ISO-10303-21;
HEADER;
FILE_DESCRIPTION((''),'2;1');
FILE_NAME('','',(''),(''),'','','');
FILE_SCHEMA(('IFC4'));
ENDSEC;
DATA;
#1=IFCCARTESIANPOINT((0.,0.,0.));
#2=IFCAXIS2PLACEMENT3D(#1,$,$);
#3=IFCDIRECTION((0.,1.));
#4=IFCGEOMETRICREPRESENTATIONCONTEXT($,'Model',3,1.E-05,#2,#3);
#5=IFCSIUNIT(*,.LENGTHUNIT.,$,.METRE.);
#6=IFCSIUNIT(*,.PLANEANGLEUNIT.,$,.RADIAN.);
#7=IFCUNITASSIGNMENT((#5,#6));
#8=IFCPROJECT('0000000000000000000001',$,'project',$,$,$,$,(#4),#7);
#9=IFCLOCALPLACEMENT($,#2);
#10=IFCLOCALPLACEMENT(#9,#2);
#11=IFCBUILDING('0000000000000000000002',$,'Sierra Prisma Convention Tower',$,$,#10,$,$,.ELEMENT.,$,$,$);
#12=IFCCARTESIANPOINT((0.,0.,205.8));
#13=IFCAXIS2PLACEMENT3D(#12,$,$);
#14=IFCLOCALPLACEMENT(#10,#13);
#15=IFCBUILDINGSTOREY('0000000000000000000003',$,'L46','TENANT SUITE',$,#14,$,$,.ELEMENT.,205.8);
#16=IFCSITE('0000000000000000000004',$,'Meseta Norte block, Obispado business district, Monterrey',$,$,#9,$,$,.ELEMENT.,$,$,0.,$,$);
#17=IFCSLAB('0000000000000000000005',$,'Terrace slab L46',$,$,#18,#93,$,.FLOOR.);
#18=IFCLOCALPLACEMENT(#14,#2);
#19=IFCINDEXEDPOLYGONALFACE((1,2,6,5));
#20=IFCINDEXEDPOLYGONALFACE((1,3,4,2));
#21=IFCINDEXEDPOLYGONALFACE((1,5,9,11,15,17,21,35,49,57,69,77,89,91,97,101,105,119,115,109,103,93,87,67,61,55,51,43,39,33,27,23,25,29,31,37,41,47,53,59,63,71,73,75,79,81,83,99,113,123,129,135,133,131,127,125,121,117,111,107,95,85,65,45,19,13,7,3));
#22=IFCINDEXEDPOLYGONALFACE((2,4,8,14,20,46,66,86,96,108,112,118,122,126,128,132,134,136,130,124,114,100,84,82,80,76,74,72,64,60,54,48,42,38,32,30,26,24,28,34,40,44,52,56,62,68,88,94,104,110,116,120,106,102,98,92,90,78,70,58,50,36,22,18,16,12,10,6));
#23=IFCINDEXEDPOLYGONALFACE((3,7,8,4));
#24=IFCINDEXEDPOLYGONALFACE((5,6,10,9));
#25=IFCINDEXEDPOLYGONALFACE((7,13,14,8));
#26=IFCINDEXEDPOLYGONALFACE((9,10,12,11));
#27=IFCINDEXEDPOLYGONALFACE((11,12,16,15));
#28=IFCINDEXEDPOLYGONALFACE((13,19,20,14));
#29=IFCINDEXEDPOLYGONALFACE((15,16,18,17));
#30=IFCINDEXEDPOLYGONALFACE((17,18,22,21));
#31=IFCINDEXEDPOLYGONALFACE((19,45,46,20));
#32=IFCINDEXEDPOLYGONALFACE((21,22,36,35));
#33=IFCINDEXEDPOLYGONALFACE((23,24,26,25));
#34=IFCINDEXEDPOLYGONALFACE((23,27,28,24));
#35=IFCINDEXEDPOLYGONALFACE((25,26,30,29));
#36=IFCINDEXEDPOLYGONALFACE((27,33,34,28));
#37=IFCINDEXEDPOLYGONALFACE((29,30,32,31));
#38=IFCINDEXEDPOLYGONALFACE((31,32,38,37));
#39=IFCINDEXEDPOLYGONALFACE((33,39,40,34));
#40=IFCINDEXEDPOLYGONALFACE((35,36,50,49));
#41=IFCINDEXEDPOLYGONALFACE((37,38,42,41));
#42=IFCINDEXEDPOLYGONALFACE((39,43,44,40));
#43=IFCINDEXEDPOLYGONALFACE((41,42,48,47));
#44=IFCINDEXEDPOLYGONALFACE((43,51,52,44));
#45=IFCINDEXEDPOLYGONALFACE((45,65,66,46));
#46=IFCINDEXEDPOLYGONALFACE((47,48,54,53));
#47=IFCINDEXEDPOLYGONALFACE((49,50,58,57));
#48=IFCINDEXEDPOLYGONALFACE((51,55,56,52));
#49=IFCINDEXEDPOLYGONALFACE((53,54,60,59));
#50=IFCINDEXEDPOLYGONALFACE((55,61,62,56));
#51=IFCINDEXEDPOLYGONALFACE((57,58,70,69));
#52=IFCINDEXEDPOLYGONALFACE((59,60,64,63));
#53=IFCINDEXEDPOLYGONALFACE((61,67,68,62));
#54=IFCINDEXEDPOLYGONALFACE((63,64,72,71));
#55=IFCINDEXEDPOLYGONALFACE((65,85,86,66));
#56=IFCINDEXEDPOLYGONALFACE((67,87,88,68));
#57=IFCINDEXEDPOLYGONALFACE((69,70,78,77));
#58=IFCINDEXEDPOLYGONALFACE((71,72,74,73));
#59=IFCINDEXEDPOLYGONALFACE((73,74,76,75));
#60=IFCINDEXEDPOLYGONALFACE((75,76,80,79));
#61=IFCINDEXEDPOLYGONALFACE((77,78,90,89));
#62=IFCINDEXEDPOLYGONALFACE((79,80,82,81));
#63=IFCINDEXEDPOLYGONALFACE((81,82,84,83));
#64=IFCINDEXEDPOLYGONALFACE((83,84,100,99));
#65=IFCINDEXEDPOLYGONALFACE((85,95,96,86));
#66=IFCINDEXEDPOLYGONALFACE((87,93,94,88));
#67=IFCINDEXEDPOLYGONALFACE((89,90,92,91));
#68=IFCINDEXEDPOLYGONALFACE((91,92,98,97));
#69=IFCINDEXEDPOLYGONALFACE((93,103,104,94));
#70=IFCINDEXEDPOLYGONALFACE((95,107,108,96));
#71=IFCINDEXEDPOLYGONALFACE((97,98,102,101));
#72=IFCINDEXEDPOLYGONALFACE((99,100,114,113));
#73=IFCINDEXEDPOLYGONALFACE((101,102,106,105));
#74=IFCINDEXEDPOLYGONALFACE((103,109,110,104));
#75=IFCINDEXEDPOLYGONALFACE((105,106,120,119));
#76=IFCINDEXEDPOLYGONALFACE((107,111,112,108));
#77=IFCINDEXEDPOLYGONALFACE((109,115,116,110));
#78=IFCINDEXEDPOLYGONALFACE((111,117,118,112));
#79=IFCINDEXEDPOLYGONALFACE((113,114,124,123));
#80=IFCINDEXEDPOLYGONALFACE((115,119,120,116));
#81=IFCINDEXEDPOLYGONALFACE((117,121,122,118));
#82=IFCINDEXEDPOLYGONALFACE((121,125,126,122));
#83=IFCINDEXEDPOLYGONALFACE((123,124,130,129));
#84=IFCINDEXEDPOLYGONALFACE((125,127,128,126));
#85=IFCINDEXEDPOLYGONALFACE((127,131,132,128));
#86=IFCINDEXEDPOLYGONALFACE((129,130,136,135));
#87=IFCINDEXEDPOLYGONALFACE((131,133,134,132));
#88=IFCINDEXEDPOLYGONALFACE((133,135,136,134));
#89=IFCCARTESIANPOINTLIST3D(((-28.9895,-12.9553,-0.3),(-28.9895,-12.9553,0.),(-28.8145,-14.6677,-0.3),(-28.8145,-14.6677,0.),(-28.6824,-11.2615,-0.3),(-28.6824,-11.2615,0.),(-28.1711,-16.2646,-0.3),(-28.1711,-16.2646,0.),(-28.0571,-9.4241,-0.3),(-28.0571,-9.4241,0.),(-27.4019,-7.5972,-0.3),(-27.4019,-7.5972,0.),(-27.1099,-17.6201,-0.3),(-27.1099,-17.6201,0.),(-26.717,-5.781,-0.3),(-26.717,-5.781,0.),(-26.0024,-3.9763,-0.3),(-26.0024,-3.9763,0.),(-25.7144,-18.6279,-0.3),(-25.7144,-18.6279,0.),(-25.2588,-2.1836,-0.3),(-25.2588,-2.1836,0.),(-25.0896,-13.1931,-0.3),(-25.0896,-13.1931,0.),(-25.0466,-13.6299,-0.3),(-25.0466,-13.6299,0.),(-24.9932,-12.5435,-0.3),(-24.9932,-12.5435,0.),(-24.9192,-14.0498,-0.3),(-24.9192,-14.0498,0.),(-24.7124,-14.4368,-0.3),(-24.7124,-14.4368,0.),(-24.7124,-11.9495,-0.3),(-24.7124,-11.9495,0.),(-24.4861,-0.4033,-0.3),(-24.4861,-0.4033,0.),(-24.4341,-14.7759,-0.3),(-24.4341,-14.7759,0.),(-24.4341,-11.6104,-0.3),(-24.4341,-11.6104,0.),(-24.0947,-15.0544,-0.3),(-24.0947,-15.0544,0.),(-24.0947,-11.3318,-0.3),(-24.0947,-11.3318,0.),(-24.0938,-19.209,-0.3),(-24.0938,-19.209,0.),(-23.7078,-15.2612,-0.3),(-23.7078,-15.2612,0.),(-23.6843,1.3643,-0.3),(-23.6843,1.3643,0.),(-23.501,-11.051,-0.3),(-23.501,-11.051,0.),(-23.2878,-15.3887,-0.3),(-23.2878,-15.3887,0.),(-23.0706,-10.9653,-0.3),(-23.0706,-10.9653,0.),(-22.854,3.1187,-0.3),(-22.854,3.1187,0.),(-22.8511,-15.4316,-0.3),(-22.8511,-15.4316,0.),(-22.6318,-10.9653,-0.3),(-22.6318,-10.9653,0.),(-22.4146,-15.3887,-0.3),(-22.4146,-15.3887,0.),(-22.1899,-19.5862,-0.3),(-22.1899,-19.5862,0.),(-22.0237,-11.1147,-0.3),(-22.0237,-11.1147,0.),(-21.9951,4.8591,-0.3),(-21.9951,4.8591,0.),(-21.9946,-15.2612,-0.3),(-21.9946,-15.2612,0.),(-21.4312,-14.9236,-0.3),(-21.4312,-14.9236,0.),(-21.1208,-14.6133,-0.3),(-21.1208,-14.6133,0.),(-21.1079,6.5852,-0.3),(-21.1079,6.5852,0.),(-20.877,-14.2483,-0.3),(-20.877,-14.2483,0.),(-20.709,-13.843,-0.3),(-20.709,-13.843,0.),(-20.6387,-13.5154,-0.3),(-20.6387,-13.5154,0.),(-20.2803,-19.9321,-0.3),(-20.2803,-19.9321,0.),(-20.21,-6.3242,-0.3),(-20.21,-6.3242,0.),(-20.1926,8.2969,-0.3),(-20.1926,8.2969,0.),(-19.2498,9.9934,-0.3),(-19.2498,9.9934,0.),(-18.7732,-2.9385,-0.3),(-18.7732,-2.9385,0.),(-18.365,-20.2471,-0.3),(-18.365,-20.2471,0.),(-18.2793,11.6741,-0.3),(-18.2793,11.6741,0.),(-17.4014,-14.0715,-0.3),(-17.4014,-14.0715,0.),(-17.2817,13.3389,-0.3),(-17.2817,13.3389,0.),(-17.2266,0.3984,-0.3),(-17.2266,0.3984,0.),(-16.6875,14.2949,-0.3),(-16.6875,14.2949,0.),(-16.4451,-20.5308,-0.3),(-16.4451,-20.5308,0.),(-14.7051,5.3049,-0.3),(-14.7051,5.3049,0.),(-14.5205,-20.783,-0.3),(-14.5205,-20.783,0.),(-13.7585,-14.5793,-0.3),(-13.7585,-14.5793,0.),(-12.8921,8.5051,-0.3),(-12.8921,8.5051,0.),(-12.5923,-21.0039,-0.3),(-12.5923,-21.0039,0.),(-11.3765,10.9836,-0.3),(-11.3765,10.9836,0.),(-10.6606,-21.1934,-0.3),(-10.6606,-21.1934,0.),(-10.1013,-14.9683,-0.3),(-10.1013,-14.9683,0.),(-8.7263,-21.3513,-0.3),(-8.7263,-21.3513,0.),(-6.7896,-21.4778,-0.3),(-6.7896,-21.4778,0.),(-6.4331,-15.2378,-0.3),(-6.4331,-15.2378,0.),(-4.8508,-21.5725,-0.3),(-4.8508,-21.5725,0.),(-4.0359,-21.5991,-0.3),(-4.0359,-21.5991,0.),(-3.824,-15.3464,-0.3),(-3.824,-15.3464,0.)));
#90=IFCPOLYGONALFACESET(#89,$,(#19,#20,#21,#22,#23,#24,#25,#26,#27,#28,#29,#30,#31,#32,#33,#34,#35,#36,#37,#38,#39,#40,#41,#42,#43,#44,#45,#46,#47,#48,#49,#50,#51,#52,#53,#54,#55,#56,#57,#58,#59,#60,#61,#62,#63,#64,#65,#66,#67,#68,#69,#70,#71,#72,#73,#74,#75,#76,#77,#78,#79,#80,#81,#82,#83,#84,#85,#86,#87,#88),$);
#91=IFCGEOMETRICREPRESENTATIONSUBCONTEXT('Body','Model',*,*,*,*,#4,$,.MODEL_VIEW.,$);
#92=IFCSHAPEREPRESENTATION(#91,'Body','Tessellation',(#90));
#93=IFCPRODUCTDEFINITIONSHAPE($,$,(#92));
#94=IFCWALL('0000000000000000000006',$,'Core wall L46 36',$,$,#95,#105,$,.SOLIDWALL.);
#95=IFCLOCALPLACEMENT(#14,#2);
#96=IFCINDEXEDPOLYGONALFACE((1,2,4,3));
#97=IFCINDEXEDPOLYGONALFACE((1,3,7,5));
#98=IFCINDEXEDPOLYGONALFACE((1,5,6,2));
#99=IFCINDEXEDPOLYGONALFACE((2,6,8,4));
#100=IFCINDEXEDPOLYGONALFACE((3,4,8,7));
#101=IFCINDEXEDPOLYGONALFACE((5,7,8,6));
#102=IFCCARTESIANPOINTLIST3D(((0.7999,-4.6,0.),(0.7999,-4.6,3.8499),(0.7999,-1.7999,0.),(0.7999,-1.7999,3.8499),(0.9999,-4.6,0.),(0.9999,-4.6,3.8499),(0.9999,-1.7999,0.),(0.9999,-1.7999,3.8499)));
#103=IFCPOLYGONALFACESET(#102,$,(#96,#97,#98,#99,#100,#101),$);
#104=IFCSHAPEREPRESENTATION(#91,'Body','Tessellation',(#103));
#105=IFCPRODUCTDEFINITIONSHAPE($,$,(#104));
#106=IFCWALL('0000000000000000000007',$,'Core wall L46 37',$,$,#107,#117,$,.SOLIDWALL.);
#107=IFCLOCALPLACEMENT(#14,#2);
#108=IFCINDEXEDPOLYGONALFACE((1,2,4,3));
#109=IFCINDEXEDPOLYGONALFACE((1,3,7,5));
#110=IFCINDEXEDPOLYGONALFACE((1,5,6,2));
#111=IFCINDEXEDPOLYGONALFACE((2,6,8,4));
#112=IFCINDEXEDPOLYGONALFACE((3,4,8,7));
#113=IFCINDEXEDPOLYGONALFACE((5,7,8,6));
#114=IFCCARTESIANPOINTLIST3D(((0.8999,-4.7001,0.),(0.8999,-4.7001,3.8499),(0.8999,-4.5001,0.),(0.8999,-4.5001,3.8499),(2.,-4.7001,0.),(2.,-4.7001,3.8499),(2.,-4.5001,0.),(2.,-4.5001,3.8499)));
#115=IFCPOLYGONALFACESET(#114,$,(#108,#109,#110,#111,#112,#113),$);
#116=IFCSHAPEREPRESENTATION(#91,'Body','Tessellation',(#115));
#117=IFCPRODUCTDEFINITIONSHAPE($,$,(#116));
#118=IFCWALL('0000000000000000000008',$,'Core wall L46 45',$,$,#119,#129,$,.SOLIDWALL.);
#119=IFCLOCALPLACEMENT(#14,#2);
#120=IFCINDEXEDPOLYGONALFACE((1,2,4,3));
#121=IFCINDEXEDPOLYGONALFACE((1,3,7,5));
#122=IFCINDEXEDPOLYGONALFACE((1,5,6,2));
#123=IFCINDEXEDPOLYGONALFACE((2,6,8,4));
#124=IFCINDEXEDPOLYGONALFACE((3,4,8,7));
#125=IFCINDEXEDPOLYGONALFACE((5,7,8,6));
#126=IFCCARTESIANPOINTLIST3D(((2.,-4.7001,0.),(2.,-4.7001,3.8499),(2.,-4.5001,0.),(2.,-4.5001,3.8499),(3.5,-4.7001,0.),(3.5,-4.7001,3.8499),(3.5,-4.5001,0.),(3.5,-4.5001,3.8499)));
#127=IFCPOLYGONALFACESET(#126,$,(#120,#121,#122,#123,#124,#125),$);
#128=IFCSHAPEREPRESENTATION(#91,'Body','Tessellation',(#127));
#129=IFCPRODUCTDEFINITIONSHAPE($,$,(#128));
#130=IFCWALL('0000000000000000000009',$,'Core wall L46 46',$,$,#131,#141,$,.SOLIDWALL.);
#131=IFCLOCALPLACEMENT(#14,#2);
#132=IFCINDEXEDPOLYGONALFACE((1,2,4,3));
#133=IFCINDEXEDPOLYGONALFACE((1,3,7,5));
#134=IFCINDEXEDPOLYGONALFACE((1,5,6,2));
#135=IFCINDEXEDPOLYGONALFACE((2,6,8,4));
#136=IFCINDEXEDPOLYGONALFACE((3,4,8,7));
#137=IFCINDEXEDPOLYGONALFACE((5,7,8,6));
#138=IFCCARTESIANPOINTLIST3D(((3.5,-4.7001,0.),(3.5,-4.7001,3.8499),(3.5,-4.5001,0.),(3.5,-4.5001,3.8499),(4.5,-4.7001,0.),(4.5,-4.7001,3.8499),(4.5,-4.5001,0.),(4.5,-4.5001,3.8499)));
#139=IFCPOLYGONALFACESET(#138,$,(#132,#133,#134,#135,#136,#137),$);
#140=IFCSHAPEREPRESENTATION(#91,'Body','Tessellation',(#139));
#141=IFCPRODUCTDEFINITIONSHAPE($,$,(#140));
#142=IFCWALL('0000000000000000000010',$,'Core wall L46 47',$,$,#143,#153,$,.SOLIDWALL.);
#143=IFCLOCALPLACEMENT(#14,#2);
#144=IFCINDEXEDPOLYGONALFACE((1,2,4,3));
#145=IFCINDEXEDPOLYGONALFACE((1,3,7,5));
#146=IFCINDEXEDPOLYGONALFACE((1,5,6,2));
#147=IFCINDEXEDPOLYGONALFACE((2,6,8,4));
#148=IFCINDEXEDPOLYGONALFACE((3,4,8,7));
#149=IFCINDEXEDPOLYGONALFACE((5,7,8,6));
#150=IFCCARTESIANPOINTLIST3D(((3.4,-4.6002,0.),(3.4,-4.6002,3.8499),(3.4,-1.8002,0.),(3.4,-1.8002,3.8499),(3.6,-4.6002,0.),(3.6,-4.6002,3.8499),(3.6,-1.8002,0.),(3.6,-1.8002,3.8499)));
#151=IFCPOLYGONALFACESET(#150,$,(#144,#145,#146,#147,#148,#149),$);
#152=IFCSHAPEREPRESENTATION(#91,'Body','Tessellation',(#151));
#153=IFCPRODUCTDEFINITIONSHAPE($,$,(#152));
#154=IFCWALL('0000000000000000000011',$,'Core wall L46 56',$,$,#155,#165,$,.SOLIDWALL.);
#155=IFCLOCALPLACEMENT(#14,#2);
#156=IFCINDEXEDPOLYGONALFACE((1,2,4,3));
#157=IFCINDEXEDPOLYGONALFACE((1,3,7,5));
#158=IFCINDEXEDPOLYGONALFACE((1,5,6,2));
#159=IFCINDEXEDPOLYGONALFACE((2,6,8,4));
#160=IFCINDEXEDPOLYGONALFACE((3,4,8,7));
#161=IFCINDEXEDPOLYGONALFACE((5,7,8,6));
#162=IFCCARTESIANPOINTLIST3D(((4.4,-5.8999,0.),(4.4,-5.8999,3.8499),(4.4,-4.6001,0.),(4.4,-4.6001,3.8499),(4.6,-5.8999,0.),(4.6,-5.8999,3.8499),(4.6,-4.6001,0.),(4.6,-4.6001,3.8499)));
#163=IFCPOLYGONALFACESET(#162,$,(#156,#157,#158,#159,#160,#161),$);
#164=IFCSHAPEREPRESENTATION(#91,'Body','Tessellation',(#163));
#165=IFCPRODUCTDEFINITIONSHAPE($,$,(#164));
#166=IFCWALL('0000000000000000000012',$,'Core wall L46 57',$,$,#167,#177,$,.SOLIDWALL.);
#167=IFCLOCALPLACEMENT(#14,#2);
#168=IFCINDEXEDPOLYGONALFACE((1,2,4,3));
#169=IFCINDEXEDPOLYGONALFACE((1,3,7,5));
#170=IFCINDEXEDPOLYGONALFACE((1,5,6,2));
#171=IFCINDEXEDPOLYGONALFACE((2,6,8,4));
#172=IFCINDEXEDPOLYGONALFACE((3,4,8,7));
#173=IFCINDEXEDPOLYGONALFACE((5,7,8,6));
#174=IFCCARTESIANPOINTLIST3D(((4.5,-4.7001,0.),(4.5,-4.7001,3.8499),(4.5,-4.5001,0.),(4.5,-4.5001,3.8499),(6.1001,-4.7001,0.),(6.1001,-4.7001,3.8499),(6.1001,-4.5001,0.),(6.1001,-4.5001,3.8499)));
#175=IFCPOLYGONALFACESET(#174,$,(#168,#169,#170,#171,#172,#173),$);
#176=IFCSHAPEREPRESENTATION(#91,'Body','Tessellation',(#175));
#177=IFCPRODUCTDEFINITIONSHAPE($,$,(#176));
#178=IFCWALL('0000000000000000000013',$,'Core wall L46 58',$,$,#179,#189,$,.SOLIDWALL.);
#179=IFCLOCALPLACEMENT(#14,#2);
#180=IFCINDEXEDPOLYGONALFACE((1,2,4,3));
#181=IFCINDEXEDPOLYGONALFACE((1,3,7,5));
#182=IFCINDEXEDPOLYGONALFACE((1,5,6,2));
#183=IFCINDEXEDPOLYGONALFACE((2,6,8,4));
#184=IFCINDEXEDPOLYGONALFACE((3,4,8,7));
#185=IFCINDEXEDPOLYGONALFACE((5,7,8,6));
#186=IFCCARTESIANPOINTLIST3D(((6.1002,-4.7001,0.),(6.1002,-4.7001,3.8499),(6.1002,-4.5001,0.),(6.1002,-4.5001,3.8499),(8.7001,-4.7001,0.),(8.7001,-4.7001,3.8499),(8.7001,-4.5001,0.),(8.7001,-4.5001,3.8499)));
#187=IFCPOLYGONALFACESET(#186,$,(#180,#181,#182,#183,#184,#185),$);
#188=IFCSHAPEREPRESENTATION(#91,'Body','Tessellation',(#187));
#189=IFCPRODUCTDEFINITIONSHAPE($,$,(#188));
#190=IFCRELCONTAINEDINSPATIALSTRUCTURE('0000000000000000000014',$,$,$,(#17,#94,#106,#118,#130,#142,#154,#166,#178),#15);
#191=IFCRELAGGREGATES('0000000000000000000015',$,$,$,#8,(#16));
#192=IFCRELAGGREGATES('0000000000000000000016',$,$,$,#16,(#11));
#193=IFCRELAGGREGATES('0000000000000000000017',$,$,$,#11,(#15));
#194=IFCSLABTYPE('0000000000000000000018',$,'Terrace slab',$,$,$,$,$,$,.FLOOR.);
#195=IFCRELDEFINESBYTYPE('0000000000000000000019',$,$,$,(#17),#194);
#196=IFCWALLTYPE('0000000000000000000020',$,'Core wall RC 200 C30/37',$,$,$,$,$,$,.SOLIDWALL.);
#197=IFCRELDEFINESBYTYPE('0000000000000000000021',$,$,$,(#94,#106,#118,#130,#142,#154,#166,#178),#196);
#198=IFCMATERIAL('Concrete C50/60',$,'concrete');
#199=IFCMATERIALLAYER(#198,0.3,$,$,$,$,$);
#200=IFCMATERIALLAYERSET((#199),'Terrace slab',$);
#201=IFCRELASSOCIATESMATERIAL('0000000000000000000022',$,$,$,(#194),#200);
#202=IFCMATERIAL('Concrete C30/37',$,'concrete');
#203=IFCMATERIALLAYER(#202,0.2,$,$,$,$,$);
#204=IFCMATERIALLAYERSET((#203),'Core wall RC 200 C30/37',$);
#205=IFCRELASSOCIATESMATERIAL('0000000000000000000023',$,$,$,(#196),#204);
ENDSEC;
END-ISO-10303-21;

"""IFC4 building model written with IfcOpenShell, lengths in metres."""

from ifc_helpers import new_model, si_unit, direction, frame, frame_2d, origin, place, context, subcontext, project, spatial, polyline, rectangle, outline, extrude, material, layer, layer_set, type_object, element, save


model = new_model("IFC4")

# Units and contexts
model_context = context("Model", 3, precision=1e-05, world=origin(), true_north=direction((0.0, 1.0)))
body_context = subcontext(model_context, "Body", "Model", "MODEL_VIEW")
ifc_project = project(units=[si_unit("LENGTHUNIT", "METRE"), si_unit("PLANEANGLEUNIT", "RADIAN")], contexts=[model_context])

# Site, building, storey
site_placement = place(None, origin())
site = spatial("IfcSite", under=ifc_project, at=site_placement, Name="Meseta Norte block, Obispado business district, Monterrey", CompositionType="ELEMENT", RefElevation=0.0)
building_placement = place(site_placement, origin())
building = spatial("IfcBuilding", under=site, at=building_placement, Name="Sierra Prisma Convention Tower", CompositionType="ELEMENT")
storey_placement = place(building_placement, frame((0.0, 0.0, 205.8)))
storey = spatial("IfcBuildingStorey", under=building, at=storey_placement, Name="L46", Description="TENANT SUITE", CompositionType="ELEMENT", Elevation=205.8)

# Slab
ifc_material_1 = material(Name="Concrete C50/60", Category="concrete")
ifc_layer_1 = layer(ifc_material_1, 0.3)
ifc_layer_set_1 = layer_set([ifc_layer_1], Name="Terrace slab")
slab_type_1 = type_object("IfcSlabType", Name="Terrace slab", PredefinedType="FLOOR", material=ifc_layer_set_1)
slab_1_placement = place(storey_placement, frame((0.0, 0.0, -0.3)))
element("IfcSlab", 1, at=slab_1_placement, inside=storey, type_object=slab_type_1, Name="Terrace slab L46", PredefinedType="FLOOR", context=body_context, shape_type="SweptSolid", body=[
    extrude(outline(polyline([(-16.6875, 14.2949), (-17.2817, 13.3389), (-18.2793, 11.6741), (-19.2498, 9.9934), (-20.1926, 8.2969), (-21.1079, 6.5852), (-21.9951, 4.8591), (-22.854, 3.1187), (-23.6843, 1.3643), (-24.4861, -0.4033), (-25.2588, -2.1836), (-26.0024, -3.9763), (-26.717, -5.781), (-27.4019, -7.5972), (-28.0571, -9.4241), (-28.6824, -11.2615), (-28.9895, -12.9553), (-28.8145, -14.6677), (-28.1711, -16.2646), (-27.1099, -17.6201), (-25.7144, -18.6279), (-24.0938, -19.209), (-22.1899, -19.5862), (-20.2803, -19.9321), (-18.365, -20.2471), (-16.4451, -20.5308), (-14.5205, -20.783), (-12.5923, -21.0039), (-10.6606, -21.1934), (-8.7263, -21.3513), (-6.7896, -21.4778), (-4.8508, -21.5725), (-4.0359, -21.5991), (-3.824, -15.3464), (-6.4331, -15.2378), (-10.1013, -14.9683), (-13.7585, -14.5793), (-17.4014, -14.0715), (-20.6387, -13.5154), (-20.709, -13.843), (-20.877, -14.2483), (-21.1208, -14.6133), (-21.4312, -14.9236), (-21.9946, -15.2612), (-22.4146, -15.3887), (-22.8511, -15.4316), (-23.2878, -15.3887), (-23.7078, -15.2612), (-24.0947, -15.0544), (-24.4341, -14.7759), (-24.7124, -14.4368), (-24.9192, -14.0498), (-25.0466, -13.6299), (-25.0896, -13.1931), (-24.9932, -12.5435), (-24.7124, -11.9495), (-24.4341, -11.6104), (-24.0947, -11.3318), (-23.501, -11.051), (-23.0706, -10.9653), (-22.6318, -10.9653), (-22.0237, -11.1147), (-20.21, -6.3242), (-18.7732, -2.9385), (-17.2266, 0.3984), (-14.7051, 5.3049), (-12.8921, 8.5051), (-11.3765, 10.9836), (-16.6875, 14.2949)])), origin(), (0.0, 0.0, 1.0), 0.3),
])

# Shared definitions
ifc_material_2 = material(Name="Concrete C30/37", Category="concrete")
ifc_layer_2 = layer(ifc_material_2, 0.2)
ifc_layer_set_2 = layer_set([ifc_layer_2], Name="Core wall RC 200 C30/37")
wall_type = type_object("IfcWallType", Name="Core wall RC 200 C30/37", PredefinedType="SOLIDWALL", material=ifc_layer_set_2)

# Walls
wall_1_placement = place(storey_placement, frame((0.8999, -1.8, 0.0), z_axis=(0.0, 0.0, 1.0), x_axis=(0.0, -1.0, 0.0)))
element("IfcWall", 2, at=wall_1_placement, inside=storey, type_object=wall_type, Name="Core wall L46 36", PredefinedType="SOLIDWALL", context=body_context, shape_type="SweptSolid", body=[
    extrude(rectangle(XDim=2.8, YDim=0.2, at=frame_2d((1.3999, 0.0))), origin(), (0.0, 0.0, 1.0), 3.8499),
])
wall_2_placement = place(storey_placement, frame((0.8999, -4.6001, 0.0), z_axis=(0.0, 0.0, 1.0), x_axis=(1.0, 0.0, 0.0)))
element("IfcWall", 3, at=wall_2_placement, inside=storey, type_object=wall_type, Name="Core wall L46 37", PredefinedType="SOLIDWALL", context=body_context, shape_type="SweptSolid", body=[
    extrude(rectangle(XDim=1.1001, YDim=0.2, at=frame_2d((0.55, 0.0))), origin(), (0.0, 0.0, 1.0), 3.8499),
])

# Walls
wall_3_placement = place(storey_placement, frame((3.5, -4.6001, 0.0), z_axis=(0.0, 0.0, 1.0), x_axis=(-1.0, 0.0, 0.0)))
element("IfcWall", 4, at=wall_3_placement, inside=storey, type_object=wall_type, Name="Core wall L46 45", PredefinedType="SOLIDWALL", context=body_context, shape_type="SweptSolid", body=[
    extrude(rectangle(XDim=1.5, YDim=0.2, at=frame_2d((0.75, 0.0))), origin(), (0.0, 0.0, 1.0), 3.8499),
])
wall_4_placement = place(storey_placement, frame((4.5, -4.6001, 0.0), z_axis=(0.0, 0.0, 1.0), x_axis=(-1.0, 0.0, 0.0)))
element("IfcWall", 5, at=wall_4_placement, inside=storey, type_object=wall_type, Name="Core wall L46 46", PredefinedType="SOLIDWALL", context=body_context, shape_type="SweptSolid", body=[
    extrude(rectangle(XDim=1.0, YDim=0.2, at=frame_2d((0.5, 0.0))), origin(), (0.0, 0.0, 1.0), 3.8499),
])
wall_5_placement = place(storey_placement, frame((3.5, -4.6001, 0.0), z_axis=(0.0, 0.0, 1.0), x_axis=(0.0, 1.0, 0.0)))
element("IfcWall", 6, at=wall_5_placement, inside=storey, type_object=wall_type, Name="Core wall L46 47", PredefinedType="SOLIDWALL", context=body_context, shape_type="SweptSolid", body=[
    extrude(rectangle(XDim=2.8, YDim=0.2, at=frame_2d((1.3999, 0.0))), origin(), (0.0, 0.0, 1.0), 3.8499),
])

# Walls
wall_6_placement = place(storey_placement, frame((4.5, -4.6001, 0.0), z_axis=(0.0, 0.0, 1.0), x_axis=(0.0, -1.0, 0.0)))
element("IfcWall", 7, at=wall_6_placement, inside=storey, type_object=wall_type, Name="Core wall L46 56", PredefinedType="SOLIDWALL", context=body_context, shape_type="SweptSolid", body=[
    extrude(rectangle(XDim=1.2998, YDim=0.2, at=frame_2d((0.6499, 0.0))), origin(), (0.0, 0.0, 1.0), 3.8499),
])
wall_7_placement = place(storey_placement, frame((6.1001, -4.6001, 0.0), z_axis=(0.0, 0.0, 1.0), x_axis=(-1.0, 0.0, 0.0)))
element("IfcWall", 8, at=wall_7_placement, inside=storey, type_object=wall_type, Name="Core wall L46 57", PredefinedType="SOLIDWALL", context=body_context, shape_type="SweptSolid", body=[
    extrude(rectangle(XDim=1.6001, YDim=0.2, at=frame_2d((0.8, 0.0))), origin(), (0.0, 0.0, 1.0), 3.8499),
])
wall_8_placement = place(storey_placement, frame((8.7, -4.6001, 0.0), z_axis=(0.0, 0.0, 1.0), x_axis=(-1.0, 0.0, 0.0)))
element("IfcWall", 9, at=wall_8_placement, inside=storey, type_object=wall_type, Name="Core wall L46 58", PredefinedType="SOLIDWALL", context=body_context, shape_type="SweptSolid", body=[
    extrude(rectangle(XDim=2.5999, YDim=0.2, at=frame_2d((1.2998, 0.0))), origin(), (0.0, 0.0, 1.0), 3.8499),
])

save(model, "model.ifc")
